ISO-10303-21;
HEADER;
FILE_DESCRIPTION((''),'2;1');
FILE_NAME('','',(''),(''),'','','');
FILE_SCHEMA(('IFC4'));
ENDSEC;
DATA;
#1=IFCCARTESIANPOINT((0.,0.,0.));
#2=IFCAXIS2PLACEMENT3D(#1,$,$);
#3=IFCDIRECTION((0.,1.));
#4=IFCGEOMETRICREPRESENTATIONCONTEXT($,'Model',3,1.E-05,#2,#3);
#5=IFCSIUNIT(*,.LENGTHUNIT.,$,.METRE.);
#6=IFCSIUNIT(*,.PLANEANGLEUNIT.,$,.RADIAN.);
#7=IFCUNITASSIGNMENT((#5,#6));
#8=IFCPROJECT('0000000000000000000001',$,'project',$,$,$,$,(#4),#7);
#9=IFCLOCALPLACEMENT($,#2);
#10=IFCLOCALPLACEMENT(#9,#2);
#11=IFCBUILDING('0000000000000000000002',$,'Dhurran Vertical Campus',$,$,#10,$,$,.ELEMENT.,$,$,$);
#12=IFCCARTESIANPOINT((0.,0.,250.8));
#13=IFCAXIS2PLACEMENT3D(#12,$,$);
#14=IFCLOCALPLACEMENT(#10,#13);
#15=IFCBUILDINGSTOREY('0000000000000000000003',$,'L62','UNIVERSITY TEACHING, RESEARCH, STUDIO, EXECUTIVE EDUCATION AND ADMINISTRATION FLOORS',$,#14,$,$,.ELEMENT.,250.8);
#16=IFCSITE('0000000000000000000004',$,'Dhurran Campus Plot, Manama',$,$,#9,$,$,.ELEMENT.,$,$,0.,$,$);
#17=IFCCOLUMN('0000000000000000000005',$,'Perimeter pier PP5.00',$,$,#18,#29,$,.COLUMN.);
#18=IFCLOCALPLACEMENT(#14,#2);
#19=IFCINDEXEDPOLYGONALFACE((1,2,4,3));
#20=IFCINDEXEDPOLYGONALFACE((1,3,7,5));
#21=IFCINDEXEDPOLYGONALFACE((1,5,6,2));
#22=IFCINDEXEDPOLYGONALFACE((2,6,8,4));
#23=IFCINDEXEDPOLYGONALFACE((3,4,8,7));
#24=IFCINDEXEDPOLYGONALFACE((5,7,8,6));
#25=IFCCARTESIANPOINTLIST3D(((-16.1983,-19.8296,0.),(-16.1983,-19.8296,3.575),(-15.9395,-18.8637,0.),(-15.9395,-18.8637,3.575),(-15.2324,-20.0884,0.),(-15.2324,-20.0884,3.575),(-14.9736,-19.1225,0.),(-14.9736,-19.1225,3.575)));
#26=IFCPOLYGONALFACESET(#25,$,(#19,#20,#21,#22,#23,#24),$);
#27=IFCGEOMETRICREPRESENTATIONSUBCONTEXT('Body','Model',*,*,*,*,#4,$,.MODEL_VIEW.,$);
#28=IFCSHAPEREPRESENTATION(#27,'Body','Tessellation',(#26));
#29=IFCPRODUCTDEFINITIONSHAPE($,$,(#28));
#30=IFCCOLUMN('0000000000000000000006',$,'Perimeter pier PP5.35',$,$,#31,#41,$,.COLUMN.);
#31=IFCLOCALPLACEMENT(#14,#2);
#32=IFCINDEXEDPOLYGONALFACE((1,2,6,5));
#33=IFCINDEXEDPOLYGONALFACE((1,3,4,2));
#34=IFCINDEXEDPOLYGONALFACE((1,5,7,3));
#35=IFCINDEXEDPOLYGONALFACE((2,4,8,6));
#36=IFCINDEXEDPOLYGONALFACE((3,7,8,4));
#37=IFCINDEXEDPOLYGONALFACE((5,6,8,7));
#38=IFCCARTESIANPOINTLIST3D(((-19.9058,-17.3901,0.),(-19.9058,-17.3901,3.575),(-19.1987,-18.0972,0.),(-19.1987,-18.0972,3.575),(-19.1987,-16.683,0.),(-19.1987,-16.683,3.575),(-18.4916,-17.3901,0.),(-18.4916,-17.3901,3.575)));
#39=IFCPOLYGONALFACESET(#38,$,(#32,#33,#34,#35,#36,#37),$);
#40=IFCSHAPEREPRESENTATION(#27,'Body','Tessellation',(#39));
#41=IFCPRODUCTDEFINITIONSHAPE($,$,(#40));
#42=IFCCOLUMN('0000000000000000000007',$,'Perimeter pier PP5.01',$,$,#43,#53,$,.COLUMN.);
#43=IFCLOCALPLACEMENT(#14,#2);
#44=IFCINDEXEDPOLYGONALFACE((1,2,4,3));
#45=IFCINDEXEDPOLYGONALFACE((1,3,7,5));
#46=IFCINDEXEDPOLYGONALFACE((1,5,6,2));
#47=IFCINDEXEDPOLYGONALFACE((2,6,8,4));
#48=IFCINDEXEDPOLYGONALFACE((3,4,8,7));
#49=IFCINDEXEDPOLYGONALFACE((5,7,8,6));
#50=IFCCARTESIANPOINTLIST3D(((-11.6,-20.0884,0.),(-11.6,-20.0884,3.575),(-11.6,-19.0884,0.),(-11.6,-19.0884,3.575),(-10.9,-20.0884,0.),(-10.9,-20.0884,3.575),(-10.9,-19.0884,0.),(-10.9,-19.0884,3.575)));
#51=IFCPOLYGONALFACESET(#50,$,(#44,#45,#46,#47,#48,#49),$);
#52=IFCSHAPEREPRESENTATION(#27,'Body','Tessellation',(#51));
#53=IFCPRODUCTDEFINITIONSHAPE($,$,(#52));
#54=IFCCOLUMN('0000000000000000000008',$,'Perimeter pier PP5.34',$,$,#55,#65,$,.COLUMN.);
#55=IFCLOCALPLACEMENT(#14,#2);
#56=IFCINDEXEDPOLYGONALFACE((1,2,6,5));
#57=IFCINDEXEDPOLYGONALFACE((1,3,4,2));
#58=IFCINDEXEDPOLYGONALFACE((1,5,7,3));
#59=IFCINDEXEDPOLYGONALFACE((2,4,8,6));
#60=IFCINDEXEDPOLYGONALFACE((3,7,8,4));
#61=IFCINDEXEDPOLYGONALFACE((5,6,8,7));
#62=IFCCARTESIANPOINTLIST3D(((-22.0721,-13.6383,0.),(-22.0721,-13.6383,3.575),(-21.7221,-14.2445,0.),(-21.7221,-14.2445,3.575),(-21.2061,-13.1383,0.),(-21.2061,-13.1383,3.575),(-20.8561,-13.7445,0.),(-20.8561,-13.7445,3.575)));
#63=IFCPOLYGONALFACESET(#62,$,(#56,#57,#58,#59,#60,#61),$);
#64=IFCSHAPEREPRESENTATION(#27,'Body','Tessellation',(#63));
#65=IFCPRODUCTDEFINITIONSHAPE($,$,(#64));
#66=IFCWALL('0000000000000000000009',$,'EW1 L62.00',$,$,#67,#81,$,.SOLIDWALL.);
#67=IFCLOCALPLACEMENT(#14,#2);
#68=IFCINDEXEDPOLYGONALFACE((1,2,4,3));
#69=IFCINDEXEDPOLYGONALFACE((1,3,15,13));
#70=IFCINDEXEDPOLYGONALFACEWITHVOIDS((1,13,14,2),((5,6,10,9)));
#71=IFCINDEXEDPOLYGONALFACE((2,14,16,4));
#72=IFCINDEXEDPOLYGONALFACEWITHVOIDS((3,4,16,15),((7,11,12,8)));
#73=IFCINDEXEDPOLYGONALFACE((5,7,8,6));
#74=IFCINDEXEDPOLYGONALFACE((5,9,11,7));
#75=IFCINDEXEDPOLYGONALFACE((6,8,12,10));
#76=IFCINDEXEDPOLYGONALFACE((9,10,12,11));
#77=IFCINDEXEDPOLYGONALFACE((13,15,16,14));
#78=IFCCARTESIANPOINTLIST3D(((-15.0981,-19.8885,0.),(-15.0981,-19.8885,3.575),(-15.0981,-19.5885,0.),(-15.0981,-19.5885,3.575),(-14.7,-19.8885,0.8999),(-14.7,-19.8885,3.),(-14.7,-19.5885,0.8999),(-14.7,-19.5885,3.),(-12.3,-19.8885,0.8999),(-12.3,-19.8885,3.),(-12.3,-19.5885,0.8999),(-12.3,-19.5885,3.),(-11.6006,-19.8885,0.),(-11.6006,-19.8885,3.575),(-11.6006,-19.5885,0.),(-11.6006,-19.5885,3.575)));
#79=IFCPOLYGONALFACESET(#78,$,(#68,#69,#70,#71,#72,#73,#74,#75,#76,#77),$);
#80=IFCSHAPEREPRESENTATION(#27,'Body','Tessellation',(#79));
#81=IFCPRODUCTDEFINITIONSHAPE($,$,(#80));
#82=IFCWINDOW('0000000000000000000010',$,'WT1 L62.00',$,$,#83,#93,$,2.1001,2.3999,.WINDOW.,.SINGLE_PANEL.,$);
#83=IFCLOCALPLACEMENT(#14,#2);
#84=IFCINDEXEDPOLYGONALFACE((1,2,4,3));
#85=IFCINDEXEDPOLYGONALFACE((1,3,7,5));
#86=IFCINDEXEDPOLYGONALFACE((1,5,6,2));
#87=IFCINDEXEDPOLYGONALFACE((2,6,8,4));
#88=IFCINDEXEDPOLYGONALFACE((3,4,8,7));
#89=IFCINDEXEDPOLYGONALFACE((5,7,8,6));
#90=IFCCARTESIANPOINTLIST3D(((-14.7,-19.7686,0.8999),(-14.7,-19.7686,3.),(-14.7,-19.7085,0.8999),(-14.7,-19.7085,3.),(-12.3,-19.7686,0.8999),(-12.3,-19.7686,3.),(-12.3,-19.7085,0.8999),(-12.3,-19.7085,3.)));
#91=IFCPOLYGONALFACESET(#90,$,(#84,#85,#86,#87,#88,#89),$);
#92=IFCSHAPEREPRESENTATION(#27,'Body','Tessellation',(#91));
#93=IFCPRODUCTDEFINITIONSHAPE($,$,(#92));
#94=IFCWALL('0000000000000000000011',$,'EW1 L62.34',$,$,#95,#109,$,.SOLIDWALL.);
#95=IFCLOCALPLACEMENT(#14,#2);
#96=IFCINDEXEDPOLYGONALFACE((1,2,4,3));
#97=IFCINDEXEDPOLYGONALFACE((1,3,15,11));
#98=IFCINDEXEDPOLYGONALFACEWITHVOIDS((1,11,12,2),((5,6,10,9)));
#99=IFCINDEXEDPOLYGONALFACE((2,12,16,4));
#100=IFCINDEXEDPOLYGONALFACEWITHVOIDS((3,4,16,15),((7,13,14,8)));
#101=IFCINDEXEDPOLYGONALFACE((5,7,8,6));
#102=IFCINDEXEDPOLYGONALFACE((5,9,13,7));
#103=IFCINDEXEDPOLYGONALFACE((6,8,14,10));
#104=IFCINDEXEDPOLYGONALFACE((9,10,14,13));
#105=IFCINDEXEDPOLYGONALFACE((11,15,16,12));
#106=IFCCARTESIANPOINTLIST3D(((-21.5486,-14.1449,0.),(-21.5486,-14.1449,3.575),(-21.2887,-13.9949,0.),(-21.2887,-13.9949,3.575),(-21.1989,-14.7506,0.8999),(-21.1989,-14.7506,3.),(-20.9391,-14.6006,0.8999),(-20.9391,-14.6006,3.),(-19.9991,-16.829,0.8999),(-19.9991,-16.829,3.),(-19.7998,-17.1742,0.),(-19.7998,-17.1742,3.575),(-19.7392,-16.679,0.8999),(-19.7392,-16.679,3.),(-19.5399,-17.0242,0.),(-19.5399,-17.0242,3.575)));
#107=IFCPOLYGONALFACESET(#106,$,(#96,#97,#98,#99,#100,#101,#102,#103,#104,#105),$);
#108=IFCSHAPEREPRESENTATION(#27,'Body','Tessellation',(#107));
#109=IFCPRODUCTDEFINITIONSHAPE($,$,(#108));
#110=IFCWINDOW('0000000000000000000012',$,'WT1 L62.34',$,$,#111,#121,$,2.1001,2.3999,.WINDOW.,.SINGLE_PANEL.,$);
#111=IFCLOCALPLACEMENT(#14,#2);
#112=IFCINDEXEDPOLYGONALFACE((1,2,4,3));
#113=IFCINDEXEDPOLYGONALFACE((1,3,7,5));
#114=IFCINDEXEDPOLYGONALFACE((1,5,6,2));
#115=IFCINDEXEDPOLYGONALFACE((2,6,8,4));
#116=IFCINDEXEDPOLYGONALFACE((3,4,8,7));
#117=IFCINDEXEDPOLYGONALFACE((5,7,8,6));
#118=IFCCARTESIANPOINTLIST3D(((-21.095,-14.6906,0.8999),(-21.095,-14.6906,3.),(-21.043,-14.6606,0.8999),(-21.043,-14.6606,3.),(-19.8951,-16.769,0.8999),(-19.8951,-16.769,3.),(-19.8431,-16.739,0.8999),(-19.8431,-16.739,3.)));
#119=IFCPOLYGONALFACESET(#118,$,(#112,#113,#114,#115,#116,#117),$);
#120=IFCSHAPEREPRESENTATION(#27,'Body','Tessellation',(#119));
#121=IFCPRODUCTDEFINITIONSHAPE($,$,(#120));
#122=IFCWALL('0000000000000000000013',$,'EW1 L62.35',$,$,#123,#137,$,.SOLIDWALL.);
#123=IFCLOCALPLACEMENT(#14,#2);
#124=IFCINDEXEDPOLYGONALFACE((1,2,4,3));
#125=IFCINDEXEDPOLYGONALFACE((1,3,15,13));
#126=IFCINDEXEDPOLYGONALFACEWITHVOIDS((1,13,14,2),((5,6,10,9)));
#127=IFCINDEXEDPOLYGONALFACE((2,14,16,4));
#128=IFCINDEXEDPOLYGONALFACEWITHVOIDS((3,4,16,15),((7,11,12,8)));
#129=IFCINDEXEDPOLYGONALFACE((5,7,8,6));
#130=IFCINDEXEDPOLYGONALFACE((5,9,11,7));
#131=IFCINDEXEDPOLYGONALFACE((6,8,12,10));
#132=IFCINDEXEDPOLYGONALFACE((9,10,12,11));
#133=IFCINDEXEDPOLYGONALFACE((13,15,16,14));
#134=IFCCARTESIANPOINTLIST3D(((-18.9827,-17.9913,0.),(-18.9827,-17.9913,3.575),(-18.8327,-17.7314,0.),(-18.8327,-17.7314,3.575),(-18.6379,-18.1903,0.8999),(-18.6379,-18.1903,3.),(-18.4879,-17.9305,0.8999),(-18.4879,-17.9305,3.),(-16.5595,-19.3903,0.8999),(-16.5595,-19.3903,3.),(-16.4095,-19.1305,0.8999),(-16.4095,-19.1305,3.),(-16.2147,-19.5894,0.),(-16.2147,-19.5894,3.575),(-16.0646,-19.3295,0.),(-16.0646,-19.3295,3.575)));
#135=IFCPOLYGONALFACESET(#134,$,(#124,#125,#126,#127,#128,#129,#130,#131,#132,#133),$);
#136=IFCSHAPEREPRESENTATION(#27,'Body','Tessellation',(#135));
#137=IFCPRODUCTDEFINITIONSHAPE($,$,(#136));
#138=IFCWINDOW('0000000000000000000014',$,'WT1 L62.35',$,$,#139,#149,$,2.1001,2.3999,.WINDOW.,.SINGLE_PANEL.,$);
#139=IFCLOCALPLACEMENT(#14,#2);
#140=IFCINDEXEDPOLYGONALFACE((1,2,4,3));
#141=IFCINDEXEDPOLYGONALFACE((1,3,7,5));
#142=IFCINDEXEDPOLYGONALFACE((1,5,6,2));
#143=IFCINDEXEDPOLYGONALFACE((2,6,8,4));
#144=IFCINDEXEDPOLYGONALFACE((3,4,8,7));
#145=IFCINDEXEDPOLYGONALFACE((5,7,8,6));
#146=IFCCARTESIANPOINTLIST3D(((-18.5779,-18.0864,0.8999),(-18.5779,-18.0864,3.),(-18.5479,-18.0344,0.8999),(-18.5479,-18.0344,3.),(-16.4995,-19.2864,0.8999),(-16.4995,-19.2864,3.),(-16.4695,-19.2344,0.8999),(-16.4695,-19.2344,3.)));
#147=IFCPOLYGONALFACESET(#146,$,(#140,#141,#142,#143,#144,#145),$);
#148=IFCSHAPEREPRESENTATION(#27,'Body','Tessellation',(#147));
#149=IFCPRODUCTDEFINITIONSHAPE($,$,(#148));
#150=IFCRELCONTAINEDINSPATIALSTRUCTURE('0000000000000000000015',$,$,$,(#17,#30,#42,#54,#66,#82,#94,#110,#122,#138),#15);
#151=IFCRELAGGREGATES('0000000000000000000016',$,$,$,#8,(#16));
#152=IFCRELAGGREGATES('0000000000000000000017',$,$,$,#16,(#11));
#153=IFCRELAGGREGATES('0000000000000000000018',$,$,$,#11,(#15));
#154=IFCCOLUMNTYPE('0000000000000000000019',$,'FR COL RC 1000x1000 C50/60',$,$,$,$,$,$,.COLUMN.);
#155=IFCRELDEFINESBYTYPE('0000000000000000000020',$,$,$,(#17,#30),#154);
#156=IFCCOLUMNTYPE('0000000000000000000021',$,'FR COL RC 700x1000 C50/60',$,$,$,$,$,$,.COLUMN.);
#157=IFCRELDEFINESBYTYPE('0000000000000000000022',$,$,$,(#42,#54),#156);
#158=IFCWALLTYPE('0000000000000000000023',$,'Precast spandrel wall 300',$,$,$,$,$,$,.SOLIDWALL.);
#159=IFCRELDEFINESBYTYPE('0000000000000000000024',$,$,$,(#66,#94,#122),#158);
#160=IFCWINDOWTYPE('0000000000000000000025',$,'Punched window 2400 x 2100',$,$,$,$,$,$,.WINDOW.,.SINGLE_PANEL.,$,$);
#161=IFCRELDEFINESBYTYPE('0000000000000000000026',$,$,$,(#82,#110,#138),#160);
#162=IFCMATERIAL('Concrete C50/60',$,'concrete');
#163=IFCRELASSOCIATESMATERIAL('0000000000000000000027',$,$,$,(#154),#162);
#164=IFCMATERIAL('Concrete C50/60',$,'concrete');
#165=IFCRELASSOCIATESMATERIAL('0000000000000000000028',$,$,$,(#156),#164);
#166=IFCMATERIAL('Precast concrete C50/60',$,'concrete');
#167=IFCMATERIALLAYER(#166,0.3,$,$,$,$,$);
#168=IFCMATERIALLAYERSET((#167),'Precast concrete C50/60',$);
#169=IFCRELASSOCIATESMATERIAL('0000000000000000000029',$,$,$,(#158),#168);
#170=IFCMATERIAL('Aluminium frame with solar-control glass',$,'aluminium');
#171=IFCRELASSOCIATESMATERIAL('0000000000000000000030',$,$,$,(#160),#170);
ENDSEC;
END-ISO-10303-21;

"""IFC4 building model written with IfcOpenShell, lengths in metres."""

from ifc_helpers import new_model, si_unit, direction, frame, frame_2d, origin, origin_2d, place, context, subcontext, project, spatial, rectangle, extrude, material, layer, layer_set, material_profile, profile_set, type_object, element, fill, save


model = new_model("IFC4")

# Units and contexts
model_context = context("Model", 3, precision=1e-05, world=origin(), true_north=direction((0.0, 1.0)))
body_context = subcontext(model_context, "Body", "Model", "MODEL_VIEW")
ifc_project = project(units=[si_unit("LENGTHUNIT", "METRE"), si_unit("PLANEANGLEUNIT", "RADIAN")], contexts=[model_context])

# Site, building, storey
site_placement = place(None, origin())
site = spatial("IfcSite", under=ifc_project, at=site_placement, Name="Dhurran Campus Plot, Manama", CompositionType="ELEMENT", RefElevation=0.0)
building_placement = place(site_placement, origin())
building = spatial("IfcBuilding", under=site, at=building_placement, Name="Dhurran Vertical Campus", CompositionType="ELEMENT")
storey_placement = place(building_placement, frame((0.0, 0.0, 250.8)))
storey = spatial("IfcBuildingStorey", under=building, at=storey_placement, Name="L62", Description="UNIVERSITY TEACHING, RESEARCH, STUDIO, EXECUTIVE EDUCATION AND ADMINISTRATION FLOORS", CompositionType="ELEMENT", Elevation=250.8)

# Columns
ifc_material_1 = material(Name="Concrete C50/60", Category="concrete")
ifc_material_profile_1 = material_profile(ifc_material_1, rectangle(XDim=1.0, YDim=1.0, at=origin_2d()), Name="RC 1000x1000")
ifc_profile_set_1 = profile_set([ifc_material_profile_1], Name="Concrete C50/60")
column_type_1 = type_object("IfcColumnType", Name="FR COL RC 1000x1000 C50/60", PredefinedType="COLUMN", material=ifc_profile_set_1)
for number, where, z_axis, x_axis, name in (
    (1, (-15.5859, -19.4761, 0.0), (0.0, 0.0, 1.0), (0.965926, -0.258819, 0.0), "Perimeter pier PP5.00"),
    (2, (-19.1987, -17.3901, 0.0), (0.0, 0.0, 1.0), (0.707107, -0.707107, 0.0), "Perimeter pier PP5.35"),
):
    element("IfcColumn", number, at=place(storey_placement, frame(where, z_axis=z_axis, x_axis=x_axis)), inside=storey, type_object=column_type_1, Name=name, PredefinedType="COLUMN", context=body_context, shape_type="SweptSolid", body=[
        extrude(rectangle(XDim=1.0, YDim=1.0, at=origin_2d()), origin(), (0.0, 0.0, 1.0), 3.575),
    ])
ifc_material_2 = material(Name="Concrete C50/60", Category="concrete")
ifc_material_profile_2 = material_profile(ifc_material_2, rectangle(XDim=0.7, YDim=1.0, at=origin_2d()), Name="RC 700x1000")
ifc_profile_set_2 = profile_set([ifc_material_profile_2], Name="Concrete C50/60")
column_type_2 = type_object("IfcColumnType", Name="FR COL RC 700x1000 C50/60", PredefinedType="COLUMN", material=ifc_profile_set_2)
for number, where, z_axis, x_axis, name in (
    (3, (-11.25, -19.5884, 0.0), (0.0, 0.0, 1.0), (1.0, 0.0, 0.0), "Perimeter pier PP5.01"),
    (4, (-21.4641, -13.6914, 0.0), (0.0, 0.0, 1.0), (0.5, -0.866025, 0.0), "Perimeter pier PP5.34"),
):
    element("IfcColumn", number, at=place(storey_placement, frame(where, z_axis=z_axis, x_axis=x_axis)), inside=storey, type_object=column_type_2, Name=name, PredefinedType="COLUMN", context=body_context, shape_type="SweptSolid", body=[
        extrude(rectangle(XDim=0.7, YDim=1.0, at=origin_2d()), origin(), (0.0, 0.0, 1.0), 3.575),
    ])

# Walls, openings, windows
ifc_material_3 = material(Name="Precast concrete C50/60", Category="concrete")
ifc_layer_1 = layer(ifc_material_3, 0.3)
ifc_layer_set_1 = layer_set([ifc_layer_1], Name="Precast concrete C50/60")
wall_type_1 = type_object("IfcWallType", Name="Precast spandrel wall 300", PredefinedType="SOLIDWALL", material=ifc_layer_set_1)
wall_1_placement = place(storey_placement, frame((-15.0981, -19.7385, 0.0), z_axis=(0.0, 0.0, 1.0), x_axis=(1.0, 0.0, 0.0)))
wall_1 = element("IfcWall", 5, at=wall_1_placement, inside=storey, type_object=wall_type_1, Name="EW1 L62.00", PredefinedType="SOLIDWALL", context=body_context, shape_type="SweptSolid", body=[
    extrude(rectangle(XDim=3.4976, YDim=0.3, at=frame_2d((1.7488, 0.0))), origin(), (0.0, 0.0, 1.0), 3.575),
])
opening_1_placement = place(wall_1_placement, frame((0.3982, 0.0, 0.8999)))
opening_1 = element("IfcOpeningElement", 6, at=opening_1_placement, cuts=wall_1, PredefinedType="OPENING", context=body_context, shape_type="SweptSolid", body=[
    extrude(rectangle(XDim=2.3999, YDim=2.1001, at=frame_2d((1.2, 1.05))), frame((0.0, 0.1599, 0.0), z_axis=(0.0, -1.0, 0.0), x_axis=(1.0, 0.0, 0.0)), (0.0, 0.0, 1.0), 0.3201),
])
ifc_material_4 = material(Name="Aluminium frame with solar-control glass", Category="aluminium")
window_type = type_object("IfcWindowType", Name="Punched window 2400 x 2100", PartitioningType="SINGLE_PANEL", PredefinedType="WINDOW", material=ifc_material_4)
window_1_placement = place(opening_1_placement, origin())
window_1 = element("IfcWindow", 7, at=window_1_placement, inside=storey, type_object=window_type, Name="WT1 L62.00", OverallHeight=2.1001, OverallWidth=2.3999, PartitioningType="SINGLE_PANEL", PredefinedType="WINDOW", context=body_context, shape_type="SweptSolid", body=[
    extrude(rectangle(XDim=2.3999, YDim=2.1001, at=frame_2d((1.2, 1.05))), frame((0.0, 0.03, 0.0), z_axis=(0.0, -1.0, 0.0), x_axis=(1.0, 0.0, 0.0)), (0.0, 0.0, 1.0), 0.0601),
])
fill(opening_1, window_1)
wall_2_placement = place(storey_placement, frame((-21.4187, -14.0698, 0.0), z_axis=(0.0, 0.0, 1.0), x_axis=(0.49996, -0.866048, 0.0)))
wall_2 = element("IfcWall", 8, at=wall_2_placement, inside=storey, type_object=wall_type_1, Name="EW1 L62.34", PredefinedType="SOLIDWALL", context=body_context, shape_type="SweptSolid", body=[
    extrude(rectangle(XDim=3.4978, YDim=0.3, at=frame_2d((1.749, 0.0))), origin(), (0.0, 0.0, 1.0), 3.575),
])
opening_2_placement = place(wall_2_placement, frame((0.6995, 0.0, 0.8999)))
opening_2 = element("IfcOpeningElement", 9, at=opening_2_placement, cuts=wall_2, PredefinedType="OPENING", context=body_context, shape_type="SweptSolid", body=[
    extrude(rectangle(XDim=2.3999, YDim=2.1001, at=frame_2d((1.2, 1.05))), frame((0.0, 0.1599, 0.0), z_axis=(0.0, -1.0, 0.0), x_axis=(1.0, 0.0, 0.0)), (0.0, 0.0, 1.0), 0.3201),
])
window_2_placement = place(opening_2_placement, origin())
window_2 = element("IfcWindow", 10, at=window_2_placement, inside=storey, type_object=window_type, Name="WT1 L62.34", OverallHeight=2.1001, OverallWidth=2.3999, PartitioningType="SINGLE_PANEL", PredefinedType="WINDOW", context=body_context, shape_type="SweptSolid", body=[
    extrude(rectangle(XDim=2.3999, YDim=2.1001, at=frame_2d((1.2, 1.05))), frame((0.0, 0.03, 0.0), z_axis=(0.0, -1.0, 0.0), x_axis=(1.0, 0.0, 0.0)), (0.0, 0.0, 1.0), 0.0601),
])
fill(opening_2, window_2)
wall_3_placement = place(storey_placement, frame((-18.9077, -17.8613, 0.0), z_axis=(0.0, 0.0, 1.0), x_axis=(0.866025, -0.5, 0.0)))
wall_3 = element("IfcWall", 11, at=wall_3_placement, inside=storey, type_object=wall_type_1, Name="EW1 L62.35", PredefinedType="SOLIDWALL", context=body_context, shape_type="SweptSolid", body=[
    extrude(rectangle(XDim=3.1963, YDim=0.3, at=frame_2d((1.5981, 0.0))), origin(), (0.0, 0.0, 1.0), 3.575),
])
opening_3_placement = place(wall_3_placement, frame((0.3982, 0.0, 0.8999)))
opening_3 = element("IfcOpeningElement", 12, at=opening_3_placement, cuts=wall_3, PredefinedType="OPENING", context=body_context, shape_type="SweptSolid", body=[
    extrude(rectangle(XDim=2.3999, YDim=2.1001, at=frame_2d((1.2, 1.05))), frame((0.0, 0.1599, 0.0), z_axis=(0.0, -1.0, 0.0), x_axis=(1.0, 0.0, 0.0)), (0.0, 0.0, 1.0), 0.3201),
])
window_3_placement = place(opening_3_placement, origin())
window_3 = element("IfcWindow", 13, at=window_3_placement, inside=storey, type_object=window_type, Name="WT1 L62.35", OverallHeight=2.1001, OverallWidth=2.3999, PartitioningType="SINGLE_PANEL", PredefinedType="WINDOW", context=body_context, shape_type="SweptSolid", body=[
    extrude(rectangle(XDim=2.3999, YDim=2.1001, at=frame_2d((1.2, 1.05))), frame((0.0, 0.03, 0.0), z_axis=(0.0, -1.0, 0.0), x_axis=(1.0, 0.0, 0.0)), (0.0, 0.0, 1.0), 0.0601),
])
fill(opening_3, window_3)

save(model, "model.ifc")
